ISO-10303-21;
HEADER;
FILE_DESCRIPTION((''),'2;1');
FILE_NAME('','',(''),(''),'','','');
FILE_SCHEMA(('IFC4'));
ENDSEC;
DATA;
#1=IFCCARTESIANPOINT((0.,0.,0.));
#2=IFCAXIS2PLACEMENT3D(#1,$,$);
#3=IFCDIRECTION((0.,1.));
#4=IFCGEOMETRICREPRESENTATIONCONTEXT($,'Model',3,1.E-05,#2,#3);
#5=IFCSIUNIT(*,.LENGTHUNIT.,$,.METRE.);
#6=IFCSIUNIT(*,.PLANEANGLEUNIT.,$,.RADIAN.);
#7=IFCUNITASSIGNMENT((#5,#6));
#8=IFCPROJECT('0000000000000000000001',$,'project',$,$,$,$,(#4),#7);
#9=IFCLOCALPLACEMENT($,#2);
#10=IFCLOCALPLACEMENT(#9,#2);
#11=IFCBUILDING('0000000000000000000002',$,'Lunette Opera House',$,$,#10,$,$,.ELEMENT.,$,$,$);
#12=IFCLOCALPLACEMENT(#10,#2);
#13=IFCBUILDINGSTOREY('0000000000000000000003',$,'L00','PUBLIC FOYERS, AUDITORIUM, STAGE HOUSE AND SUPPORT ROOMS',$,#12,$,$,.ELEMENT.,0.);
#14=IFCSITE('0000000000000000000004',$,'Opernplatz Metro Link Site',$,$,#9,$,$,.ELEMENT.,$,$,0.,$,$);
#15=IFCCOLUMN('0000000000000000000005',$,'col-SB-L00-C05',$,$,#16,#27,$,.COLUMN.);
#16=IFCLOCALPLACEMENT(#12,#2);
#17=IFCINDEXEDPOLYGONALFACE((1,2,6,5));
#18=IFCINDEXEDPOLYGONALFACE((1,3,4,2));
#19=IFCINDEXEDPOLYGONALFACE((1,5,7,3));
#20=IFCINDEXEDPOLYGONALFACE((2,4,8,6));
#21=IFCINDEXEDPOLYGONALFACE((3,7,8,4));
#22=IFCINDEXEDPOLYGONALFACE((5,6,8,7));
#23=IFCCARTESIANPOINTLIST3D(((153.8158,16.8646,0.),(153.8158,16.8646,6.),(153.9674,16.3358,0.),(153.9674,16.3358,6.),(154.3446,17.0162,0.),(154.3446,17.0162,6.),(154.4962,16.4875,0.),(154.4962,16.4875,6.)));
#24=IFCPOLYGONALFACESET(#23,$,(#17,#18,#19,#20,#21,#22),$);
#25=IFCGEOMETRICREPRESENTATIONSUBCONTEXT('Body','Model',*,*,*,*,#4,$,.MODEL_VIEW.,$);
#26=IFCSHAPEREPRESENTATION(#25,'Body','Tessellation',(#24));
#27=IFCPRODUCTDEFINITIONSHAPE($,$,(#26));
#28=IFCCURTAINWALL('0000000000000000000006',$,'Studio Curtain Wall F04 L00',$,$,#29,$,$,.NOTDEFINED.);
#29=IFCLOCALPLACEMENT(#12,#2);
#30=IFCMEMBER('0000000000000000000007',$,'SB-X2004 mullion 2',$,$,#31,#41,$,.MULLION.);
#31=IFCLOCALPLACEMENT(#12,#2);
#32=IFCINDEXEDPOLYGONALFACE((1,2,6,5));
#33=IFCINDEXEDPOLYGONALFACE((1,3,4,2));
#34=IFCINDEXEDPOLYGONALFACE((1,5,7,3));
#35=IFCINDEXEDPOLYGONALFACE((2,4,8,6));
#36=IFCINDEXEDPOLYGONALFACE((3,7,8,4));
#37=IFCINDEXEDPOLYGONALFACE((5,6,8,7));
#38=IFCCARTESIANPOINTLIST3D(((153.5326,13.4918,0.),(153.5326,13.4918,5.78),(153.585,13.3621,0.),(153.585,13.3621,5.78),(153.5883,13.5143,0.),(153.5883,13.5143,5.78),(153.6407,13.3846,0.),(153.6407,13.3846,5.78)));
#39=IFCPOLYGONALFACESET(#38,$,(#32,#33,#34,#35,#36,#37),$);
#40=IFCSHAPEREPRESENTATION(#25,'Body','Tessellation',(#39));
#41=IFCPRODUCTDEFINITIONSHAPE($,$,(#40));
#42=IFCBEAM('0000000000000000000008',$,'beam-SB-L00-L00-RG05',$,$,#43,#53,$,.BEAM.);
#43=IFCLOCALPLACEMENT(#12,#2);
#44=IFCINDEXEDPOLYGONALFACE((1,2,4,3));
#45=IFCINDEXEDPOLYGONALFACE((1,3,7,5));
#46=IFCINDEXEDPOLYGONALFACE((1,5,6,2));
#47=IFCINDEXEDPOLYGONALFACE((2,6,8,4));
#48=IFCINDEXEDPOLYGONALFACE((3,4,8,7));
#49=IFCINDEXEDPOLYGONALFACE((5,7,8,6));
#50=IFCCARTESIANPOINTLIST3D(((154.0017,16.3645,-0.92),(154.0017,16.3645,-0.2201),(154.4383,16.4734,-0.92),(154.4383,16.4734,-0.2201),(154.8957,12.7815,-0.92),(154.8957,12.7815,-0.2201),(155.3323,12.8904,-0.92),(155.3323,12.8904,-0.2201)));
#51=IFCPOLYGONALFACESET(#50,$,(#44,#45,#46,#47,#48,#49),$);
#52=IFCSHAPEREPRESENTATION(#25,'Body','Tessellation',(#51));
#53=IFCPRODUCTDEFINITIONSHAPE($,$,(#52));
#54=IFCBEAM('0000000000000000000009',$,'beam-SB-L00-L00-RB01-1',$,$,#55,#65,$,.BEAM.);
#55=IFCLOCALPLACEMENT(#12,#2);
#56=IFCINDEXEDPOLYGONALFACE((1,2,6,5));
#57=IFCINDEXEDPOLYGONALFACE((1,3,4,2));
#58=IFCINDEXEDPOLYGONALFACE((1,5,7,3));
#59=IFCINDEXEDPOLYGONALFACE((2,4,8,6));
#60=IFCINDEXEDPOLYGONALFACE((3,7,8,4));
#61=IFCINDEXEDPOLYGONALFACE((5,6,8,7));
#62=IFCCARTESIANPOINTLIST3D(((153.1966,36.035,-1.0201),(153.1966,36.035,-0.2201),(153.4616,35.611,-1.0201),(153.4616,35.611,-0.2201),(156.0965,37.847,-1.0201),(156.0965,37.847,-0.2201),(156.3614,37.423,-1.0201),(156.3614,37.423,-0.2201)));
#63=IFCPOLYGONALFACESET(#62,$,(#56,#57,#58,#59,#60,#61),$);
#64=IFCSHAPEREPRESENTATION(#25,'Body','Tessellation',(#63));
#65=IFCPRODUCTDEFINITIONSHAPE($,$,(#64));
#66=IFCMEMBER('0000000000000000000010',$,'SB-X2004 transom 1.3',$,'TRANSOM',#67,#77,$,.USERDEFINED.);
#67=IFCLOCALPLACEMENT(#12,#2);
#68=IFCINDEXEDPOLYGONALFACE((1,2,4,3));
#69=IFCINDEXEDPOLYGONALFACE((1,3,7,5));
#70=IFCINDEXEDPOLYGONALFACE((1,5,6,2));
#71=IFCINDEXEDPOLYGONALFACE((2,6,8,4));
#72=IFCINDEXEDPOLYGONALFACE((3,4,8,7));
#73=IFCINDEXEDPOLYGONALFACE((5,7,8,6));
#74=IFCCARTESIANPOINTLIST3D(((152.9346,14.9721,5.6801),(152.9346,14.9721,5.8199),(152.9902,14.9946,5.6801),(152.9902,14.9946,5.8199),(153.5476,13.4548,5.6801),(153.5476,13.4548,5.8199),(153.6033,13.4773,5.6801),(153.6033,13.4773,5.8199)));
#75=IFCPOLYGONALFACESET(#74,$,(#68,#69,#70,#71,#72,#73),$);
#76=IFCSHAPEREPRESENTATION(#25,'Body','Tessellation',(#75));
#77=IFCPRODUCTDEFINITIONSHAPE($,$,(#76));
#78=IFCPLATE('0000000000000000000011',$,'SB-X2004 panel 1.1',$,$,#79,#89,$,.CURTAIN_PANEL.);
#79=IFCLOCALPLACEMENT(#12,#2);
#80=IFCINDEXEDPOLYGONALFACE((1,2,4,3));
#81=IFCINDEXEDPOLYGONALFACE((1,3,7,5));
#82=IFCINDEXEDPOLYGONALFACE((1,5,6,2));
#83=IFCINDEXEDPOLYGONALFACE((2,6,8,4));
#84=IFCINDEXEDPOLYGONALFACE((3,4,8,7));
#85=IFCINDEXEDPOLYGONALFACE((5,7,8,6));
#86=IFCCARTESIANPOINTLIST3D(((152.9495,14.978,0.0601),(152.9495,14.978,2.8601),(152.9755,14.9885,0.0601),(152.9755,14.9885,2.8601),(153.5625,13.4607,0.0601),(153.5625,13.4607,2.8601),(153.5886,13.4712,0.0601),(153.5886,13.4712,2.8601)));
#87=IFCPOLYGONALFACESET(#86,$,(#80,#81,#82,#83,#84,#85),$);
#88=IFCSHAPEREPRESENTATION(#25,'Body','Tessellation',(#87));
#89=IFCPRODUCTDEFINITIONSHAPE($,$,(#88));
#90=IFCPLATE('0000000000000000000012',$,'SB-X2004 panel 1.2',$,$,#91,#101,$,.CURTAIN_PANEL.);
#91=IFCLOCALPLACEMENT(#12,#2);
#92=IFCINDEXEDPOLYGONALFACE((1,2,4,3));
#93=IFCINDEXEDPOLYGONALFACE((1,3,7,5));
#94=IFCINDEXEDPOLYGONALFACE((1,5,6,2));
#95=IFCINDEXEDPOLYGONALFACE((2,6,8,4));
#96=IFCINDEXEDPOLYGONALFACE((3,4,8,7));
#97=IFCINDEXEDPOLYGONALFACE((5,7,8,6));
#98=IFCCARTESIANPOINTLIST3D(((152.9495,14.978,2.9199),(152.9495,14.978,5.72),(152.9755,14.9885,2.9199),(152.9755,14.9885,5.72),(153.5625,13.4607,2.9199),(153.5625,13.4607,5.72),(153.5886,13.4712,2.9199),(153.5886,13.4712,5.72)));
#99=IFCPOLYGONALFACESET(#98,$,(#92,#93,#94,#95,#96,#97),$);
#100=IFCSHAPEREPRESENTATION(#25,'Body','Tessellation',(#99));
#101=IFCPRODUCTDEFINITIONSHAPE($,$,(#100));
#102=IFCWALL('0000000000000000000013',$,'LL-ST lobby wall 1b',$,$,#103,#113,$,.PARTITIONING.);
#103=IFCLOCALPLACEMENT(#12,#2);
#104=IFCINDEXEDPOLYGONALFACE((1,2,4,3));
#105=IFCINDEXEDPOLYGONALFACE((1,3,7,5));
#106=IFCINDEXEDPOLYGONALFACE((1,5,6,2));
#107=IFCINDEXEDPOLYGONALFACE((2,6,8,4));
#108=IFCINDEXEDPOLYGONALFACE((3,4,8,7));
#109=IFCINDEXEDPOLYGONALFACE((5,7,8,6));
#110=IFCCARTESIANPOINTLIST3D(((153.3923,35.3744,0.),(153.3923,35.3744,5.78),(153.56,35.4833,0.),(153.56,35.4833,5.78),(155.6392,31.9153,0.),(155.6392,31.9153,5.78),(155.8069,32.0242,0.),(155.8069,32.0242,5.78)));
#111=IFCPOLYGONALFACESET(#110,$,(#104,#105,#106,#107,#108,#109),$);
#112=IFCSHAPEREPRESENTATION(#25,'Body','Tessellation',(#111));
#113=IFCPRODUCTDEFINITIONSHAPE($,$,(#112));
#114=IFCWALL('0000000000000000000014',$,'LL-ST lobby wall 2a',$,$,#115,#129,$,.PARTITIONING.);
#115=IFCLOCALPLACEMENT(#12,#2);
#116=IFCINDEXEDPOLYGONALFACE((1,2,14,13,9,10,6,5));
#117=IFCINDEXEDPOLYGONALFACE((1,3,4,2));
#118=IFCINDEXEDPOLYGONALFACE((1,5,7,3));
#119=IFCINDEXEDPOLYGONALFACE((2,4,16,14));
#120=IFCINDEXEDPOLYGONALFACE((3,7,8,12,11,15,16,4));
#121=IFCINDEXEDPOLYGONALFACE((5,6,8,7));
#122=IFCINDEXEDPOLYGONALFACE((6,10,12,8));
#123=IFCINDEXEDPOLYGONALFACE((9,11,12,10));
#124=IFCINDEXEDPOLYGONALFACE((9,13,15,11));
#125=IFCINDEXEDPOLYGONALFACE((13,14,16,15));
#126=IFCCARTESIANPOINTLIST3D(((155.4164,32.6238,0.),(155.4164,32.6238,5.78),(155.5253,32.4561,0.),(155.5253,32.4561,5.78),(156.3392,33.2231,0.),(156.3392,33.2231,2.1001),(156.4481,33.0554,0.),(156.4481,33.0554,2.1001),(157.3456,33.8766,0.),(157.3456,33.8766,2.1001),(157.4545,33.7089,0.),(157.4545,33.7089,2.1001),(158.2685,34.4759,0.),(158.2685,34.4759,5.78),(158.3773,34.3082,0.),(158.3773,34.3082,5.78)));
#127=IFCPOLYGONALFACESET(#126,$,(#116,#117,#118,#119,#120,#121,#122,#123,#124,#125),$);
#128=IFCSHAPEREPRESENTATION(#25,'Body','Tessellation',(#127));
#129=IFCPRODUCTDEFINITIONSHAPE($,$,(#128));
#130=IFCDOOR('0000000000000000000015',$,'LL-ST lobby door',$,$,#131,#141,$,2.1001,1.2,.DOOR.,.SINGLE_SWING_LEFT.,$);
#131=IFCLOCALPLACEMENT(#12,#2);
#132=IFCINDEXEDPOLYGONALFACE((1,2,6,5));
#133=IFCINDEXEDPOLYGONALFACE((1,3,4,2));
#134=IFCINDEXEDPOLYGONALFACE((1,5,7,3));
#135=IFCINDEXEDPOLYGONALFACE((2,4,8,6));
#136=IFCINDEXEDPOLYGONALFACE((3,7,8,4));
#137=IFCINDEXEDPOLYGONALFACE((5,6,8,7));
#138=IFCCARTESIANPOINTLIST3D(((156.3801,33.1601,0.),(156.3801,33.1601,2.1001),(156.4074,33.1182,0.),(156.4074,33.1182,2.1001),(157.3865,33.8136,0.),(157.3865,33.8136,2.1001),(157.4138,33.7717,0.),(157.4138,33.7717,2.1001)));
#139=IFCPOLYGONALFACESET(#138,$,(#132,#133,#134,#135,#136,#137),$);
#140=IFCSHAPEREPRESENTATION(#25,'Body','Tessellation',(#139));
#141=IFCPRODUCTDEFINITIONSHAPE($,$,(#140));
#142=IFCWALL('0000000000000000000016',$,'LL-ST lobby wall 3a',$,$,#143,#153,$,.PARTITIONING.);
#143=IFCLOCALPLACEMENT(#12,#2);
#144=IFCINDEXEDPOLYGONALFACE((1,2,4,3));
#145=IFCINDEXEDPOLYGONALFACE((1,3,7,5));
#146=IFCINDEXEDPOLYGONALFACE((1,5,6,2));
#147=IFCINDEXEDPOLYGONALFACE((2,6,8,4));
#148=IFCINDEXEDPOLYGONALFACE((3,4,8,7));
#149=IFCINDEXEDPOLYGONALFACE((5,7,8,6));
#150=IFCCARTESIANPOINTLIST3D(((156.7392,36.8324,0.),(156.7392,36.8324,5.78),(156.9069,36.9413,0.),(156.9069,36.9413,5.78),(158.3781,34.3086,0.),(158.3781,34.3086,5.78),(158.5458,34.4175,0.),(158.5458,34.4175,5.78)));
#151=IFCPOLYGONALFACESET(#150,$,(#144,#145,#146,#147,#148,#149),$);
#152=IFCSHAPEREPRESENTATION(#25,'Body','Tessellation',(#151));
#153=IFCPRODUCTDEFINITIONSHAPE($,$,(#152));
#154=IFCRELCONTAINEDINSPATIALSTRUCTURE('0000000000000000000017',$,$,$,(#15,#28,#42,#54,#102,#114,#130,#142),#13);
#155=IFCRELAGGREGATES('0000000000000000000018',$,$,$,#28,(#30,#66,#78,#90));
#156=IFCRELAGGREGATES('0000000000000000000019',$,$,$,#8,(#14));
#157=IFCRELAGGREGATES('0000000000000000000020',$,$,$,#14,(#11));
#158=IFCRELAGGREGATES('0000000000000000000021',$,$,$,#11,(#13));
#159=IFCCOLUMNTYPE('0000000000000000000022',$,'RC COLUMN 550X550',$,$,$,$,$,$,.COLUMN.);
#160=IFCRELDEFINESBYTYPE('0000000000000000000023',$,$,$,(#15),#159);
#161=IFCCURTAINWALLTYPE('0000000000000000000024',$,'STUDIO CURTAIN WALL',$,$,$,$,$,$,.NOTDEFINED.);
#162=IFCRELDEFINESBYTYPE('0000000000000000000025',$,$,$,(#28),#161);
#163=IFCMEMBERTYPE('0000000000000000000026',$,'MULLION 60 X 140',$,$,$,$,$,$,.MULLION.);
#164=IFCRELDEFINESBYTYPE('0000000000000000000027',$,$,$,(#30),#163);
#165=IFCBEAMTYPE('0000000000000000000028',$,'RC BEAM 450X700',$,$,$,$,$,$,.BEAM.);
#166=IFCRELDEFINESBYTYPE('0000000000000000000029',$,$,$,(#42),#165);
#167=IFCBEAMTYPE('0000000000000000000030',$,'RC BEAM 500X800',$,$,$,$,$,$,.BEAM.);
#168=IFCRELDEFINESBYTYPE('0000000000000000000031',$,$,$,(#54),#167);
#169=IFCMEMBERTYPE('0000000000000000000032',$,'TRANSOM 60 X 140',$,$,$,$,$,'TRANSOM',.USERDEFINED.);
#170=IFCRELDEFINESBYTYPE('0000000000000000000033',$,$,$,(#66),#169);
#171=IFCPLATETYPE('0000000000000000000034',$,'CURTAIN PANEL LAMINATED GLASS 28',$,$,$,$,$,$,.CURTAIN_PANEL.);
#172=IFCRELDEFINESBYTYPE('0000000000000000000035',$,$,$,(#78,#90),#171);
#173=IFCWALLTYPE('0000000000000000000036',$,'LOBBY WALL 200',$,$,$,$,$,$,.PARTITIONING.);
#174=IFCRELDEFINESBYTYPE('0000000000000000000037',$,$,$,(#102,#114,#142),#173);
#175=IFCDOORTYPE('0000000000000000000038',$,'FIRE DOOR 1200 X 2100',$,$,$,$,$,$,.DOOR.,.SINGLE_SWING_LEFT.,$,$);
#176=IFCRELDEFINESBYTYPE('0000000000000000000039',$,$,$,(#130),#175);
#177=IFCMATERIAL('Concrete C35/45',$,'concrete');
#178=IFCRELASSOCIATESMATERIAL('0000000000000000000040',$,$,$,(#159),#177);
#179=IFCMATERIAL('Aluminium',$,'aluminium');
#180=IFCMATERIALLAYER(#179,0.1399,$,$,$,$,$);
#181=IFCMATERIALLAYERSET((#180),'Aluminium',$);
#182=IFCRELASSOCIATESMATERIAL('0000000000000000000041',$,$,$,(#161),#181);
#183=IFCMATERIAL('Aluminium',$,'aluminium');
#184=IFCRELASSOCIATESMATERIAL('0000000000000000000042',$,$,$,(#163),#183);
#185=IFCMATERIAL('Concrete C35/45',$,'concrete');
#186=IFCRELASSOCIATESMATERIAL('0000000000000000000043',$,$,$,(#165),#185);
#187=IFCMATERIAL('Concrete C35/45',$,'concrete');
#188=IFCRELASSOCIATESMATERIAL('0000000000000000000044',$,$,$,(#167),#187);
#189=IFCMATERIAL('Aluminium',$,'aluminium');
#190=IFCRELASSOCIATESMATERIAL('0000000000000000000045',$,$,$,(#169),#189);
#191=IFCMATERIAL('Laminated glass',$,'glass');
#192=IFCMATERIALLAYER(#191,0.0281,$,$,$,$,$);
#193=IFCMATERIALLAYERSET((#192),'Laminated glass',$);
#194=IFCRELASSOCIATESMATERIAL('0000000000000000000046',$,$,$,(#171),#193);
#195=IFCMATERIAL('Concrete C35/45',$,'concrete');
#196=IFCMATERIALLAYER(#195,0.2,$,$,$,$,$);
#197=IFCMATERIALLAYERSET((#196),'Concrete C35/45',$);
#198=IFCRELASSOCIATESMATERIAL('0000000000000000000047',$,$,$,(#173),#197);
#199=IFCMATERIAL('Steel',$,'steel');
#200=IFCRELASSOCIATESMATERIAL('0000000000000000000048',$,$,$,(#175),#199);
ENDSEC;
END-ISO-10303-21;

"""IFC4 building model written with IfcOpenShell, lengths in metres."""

from ifc_helpers import new_model, si_unit, direction, frame, frame_2d, origin, origin_2d, place, context, subcontext, project, spatial, rectangle, extrude, material, layer, layer_set, material_profile, profile_set, type_object, element, fill, aggregate, save


model = new_model("IFC4")

# Units and contexts
model_context = context("Model", 3, precision=1e-05, world=origin(), true_north=direction((0.0, 1.0)))
body_context = subcontext(model_context, "Body", "Model", "MODEL_VIEW")
ifc_project = project(units=[si_unit("LENGTHUNIT", "METRE"), si_unit("PLANEANGLEUNIT", "RADIAN")], contexts=[model_context])

# Site, building, storey
site_placement = place(None, origin())
site = spatial("IfcSite", under=ifc_project, at=site_placement, Name="Opernplatz Metro Link Site", CompositionType="ELEMENT", RefElevation=0.0)
building_placement = place(site_placement, origin())
building = spatial("IfcBuilding", under=site, at=building_placement, Name="Lunette Opera House", CompositionType="ELEMENT")
storey_placement = place(building_placement, origin())
storey = spatial("IfcBuildingStorey", under=building, at=storey_placement, Name="L00", Description="PUBLIC FOYERS, AUDITORIUM, STAGE HOUSE AND SUPPORT ROOMS", CompositionType="ELEMENT", Elevation=0.0)

# Column
ifc_material_1 = material(Name="Concrete C35/45", Category="concrete")
ifc_material_profile_1 = material_profile(ifc_material_1, rectangle(XDim=0.55, YDim=0.55, at=origin_2d()), Name="RC COLUMN 550X550")
ifc_profile_set_1 = profile_set([ifc_material_profile_1], Name="Concrete C35/45")
column_type = type_object("IfcColumnType", Name="RC COLUMN 550X550", PredefinedType="COLUMN", material=ifc_profile_set_1)
column_placement = place(storey_placement, frame((154.156, 16.676, 0.0), z_axis=(0.0, 0.0, 1.0), x_axis=(0.275637, -0.961262, 0.0)))
element("IfcColumn", 1, at=column_placement, inside=storey, type_object=column_type, Name="col-SB-L00-C05", PredefinedType="COLUMN", context=body_context, shape_type="SweptSolid", body=[
    extrude(rectangle(XDim=0.55, YDim=0.55, at=origin_2d()), origin(), (0.0, 0.0, 1.0), 6.0),
])

# Curtain wall, member
ifc_material_2 = material(Name="Aluminium", Category="aluminium")
ifc_layer_1 = layer(ifc_material_2, 0.1399)
ifc_layer_set_1 = layer_set([ifc_layer_1], Name="Aluminium")
curtain_wall_type = type_object("IfcCurtainWallType", Name="STUDIO CURTAIN WALL", PredefinedType="NOTDEFINED", material=ifc_layer_set_1)
curtain_wall_placement = place(storey_placement, origin())
curtain_wall = element("IfcCurtainWall", 2, at=curtain_wall_placement, inside=storey, type_object=curtain_wall_type, Name="Studio Curtain Wall F04 L00", PredefinedType="NOTDEFINED")
ifc_material_3 = material(Name="Aluminium", Category="aluminium")
ifc_material_profile_2 = material_profile(ifc_material_3, rectangle(XDim=0.0601, YDim=0.1399, at=origin_2d()), Name="MULLION 60 X 140")
ifc_profile_set_2 = profile_set([ifc_material_profile_2], Name="Aluminium")
member_type_1 = type_object("IfcMemberType", Name="MULLION 60 X 140", PredefinedType="MULLION", material=ifc_profile_set_2)
member_1_placement = place(storey_placement, frame((153.5867, 13.4382, 0.0), z_axis=(0.0, 0.0, 1.0), x_axis=(0.927183, 0.374609, 0.0)))
member_1 = element("IfcMember", 3, at=member_1_placement, type_object=member_type_1, Name="SB-X2004 mullion 2", PredefinedType="MULLION", context=body_context, shape_type="SweptSolid", body=[
    extrude(rectangle(XDim=0.0601, YDim=0.1399, at=origin_2d()), origin(), (0.0, 0.0, 1.0), 5.78),
])

# Beams
ifc_material_4 = material(Name="Concrete C35/45", Category="concrete")
ifc_material_profile_3 = material_profile(ifc_material_4, rectangle(XDim=0.45, YDim=0.7, at=origin_2d()), Name="RC BEAM 450X700")
ifc_profile_set_3 = profile_set([ifc_material_profile_3], Name="Concrete C35/45")
beam_type_1 = type_object("IfcBeamType", Name="RC BEAM 450X700", PredefinedType="BEAM", material=ifc_profile_set_3)
beam_1_placement = place(storey_placement, frame((154.22, 16.4189, -0.5701), z_axis=(0.2421, -0.970251, 0.0), x_axis=(0.970251, 0.2421, 0.0)))
element("IfcBeam", 4, at=beam_1_placement, inside=storey, type_object=beam_type_1, Name="beam-SB-L00-L00-RG05", PredefinedType="BEAM", context=body_context, shape_type="SweptSolid", body=[
    extrude(rectangle(XDim=0.45, YDim=0.7, at=origin_2d()), origin(), (0.0, 0.0, 1.0), 3.6929),
])
ifc_material_5 = material(Name="Concrete C35/45", Category="concrete")
ifc_material_profile_4 = material_profile(ifc_material_5, rectangle(XDim=0.5, YDim=0.8, at=origin_2d()), Name="RC BEAM 500X800")
ifc_profile_set_4 = profile_set([ifc_material_profile_4], Name="Concrete C35/45")
beam_type_2 = type_object("IfcBeamType", Name="RC BEAM 500X800", PredefinedType="BEAM", material=ifc_profile_set_4)
beam_2_placement = place(storey_placement, frame((153.3291, 35.823, -0.6201), z_axis=(0.848054, 0.529909, 0.0), x_axis=(-0.529909, 0.848054, 0.0)))
element("IfcBeam", 5, at=beam_2_placement, inside=storey, type_object=beam_type_2, Name="beam-SB-L00-L00-RB01-1", PredefinedType="BEAM", context=body_context, shape_type="SweptSolid", body=[
    extrude(rectangle(XDim=0.5, YDim=0.8, at=origin_2d()), origin(), (0.0, 0.0, 1.0), 3.4194),
])

# Member
ifc_material_6 = material(Name="Aluminium", Category="aluminium")
ifc_material_profile_5 = material_profile(ifc_material_6, rectangle(XDim=0.0601, YDim=0.1399, at=origin_2d()), Name="TRANSOM 60 X 140")
ifc_profile_set_5 = profile_set([ifc_material_profile_5], Name="Aluminium")
member_type_2 = type_object("IfcMemberType", Name="TRANSOM 60 X 140", ElementType="TRANSOM", PredefinedType="USERDEFINED", material=ifc_profile_set_5)
member_2_placement = place(storey_placement, frame((152.9624, 14.9834, 5.75), z_axis=(0.374604, -0.927185, 0.0), x_axis=(0.927185, 0.374604, 0.0)))
member_2 = element("IfcMember", 6, at=member_2_placement, type_object=member_type_2, Name="SB-X2004 transom 1.3", ObjectType="TRANSOM", PredefinedType="USERDEFINED", context=body_context, shape_type="SweptSolid", body=[
    extrude(rectangle(XDim=0.0601, YDim=0.1399, at=origin_2d()), origin(), (0.0, 0.0, 1.0), 1.6365),
])

# Plates
ifc_material_7 = material(Name="Laminated glass", Category="glass")
ifc_layer_2 = layer(ifc_material_7, 0.0281)
ifc_layer_set_2 = layer_set([ifc_layer_2], Name="Laminated glass")
plate_type = type_object("IfcPlateType", Name="CURTAIN PANEL LAMINATED GLASS 28", PredefinedType="CURTAIN_PANEL", material=ifc_layer_set_2)
plate_1_placement = place(storey_placement, frame((153.269, 14.2246, 0.0601), z_axis=(0.0, 0.0, 1.0), x_axis=(0.374609, -0.927183, 0.0)))
plate_1 = element("IfcPlate", 7, at=plate_1_placement, type_object=plate_type, Name="SB-X2004 panel 1.1", PredefinedType="CURTAIN_PANEL", context=body_context, shape_type="SweptSolid", body=[
    extrude(rectangle(XDim=1.6365, YDim=0.0281, at=origin_2d()), origin(), (0.0, 0.0, 1.0), 2.8),
])
plate_2_placement = place(storey_placement, frame((153.269, 14.2246, 2.9199), z_axis=(0.0, 0.0, 1.0), x_axis=(0.374609, -0.927183, 0.0)))
plate_2 = element("IfcPlate", 8, at=plate_2_placement, type_object=plate_type, Name="SB-X2004 panel 1.2", PredefinedType="CURTAIN_PANEL", context=body_context, shape_type="SweptSolid", body=[
    extrude(rectangle(XDim=1.6365, YDim=0.0281, at=origin_2d()), origin(), (0.0, 0.0, 1.0), 2.8),
])
aggregate(curtain_wall, [member_1, member_2, plate_1, plate_2])

# Wall
ifc_material_8 = material(Name="Concrete C35/45", Category="concrete")
ifc_layer_3 = layer(ifc_material_8, 0.2)
ifc_layer_set_3 = layer_set([ifc_layer_3], Name="Concrete C35/45")
wall_type_1 = type_object("IfcWallType", Name="LOBBY WALL 200", PredefinedType="PARTITIONING", material=ifc_layer_set_3)
wall_1_placement = place(storey_placement, frame((153.4761, 35.429, 0.0), z_axis=(0.0, 0.0, 1.0), x_axis=(0.54473, -0.838611, 0.0)))
element("IfcWall", 9, at=wall_1_placement, inside=storey, type_object=wall_type_1, Name="LL-ST lobby wall 1b", PredefinedType="PARTITIONING", context=body_context, shape_type="SweptSolid", body=[
    extrude(rectangle(XDim=4.1248, YDim=0.2, at=frame_2d((2.0625, 0.0))), origin(), (0.0, 0.0, 1.0), 5.78),
])

# Wall, opening, door
wall_2_placement = place(storey_placement, frame((155.4709, 32.54, 0.0), z_axis=(0.0, 0.0, 1.0), x_axis=(0.838683, 0.54462, 0.0)))
wall_2 = element("IfcWall", 10, at=wall_2_placement, inside=storey, type_object=wall_type_1, Name="LL-ST lobby wall 2a", PredefinedType="PARTITIONING", context=body_context, shape_type="SweptSolid", body=[
    extrude(rectangle(XDim=3.4006, YDim=0.2, at=frame_2d((1.7002, 0.0))), origin(), (0.0, 0.0, 1.0), 5.78),
])
opening_1_placement = place(wall_2_placement, frame((1.1001, 0.0, 0.0)))
opening_1 = element("IfcOpeningElement", 11, at=opening_1_placement, cuts=wall_2, PredefinedType="OPENING", context=body_context, shape_type="SweptSolid", body=[
    extrude(rectangle(XDim=1.2, YDim=2.1001, at=frame_2d((0.6001, 1.05))), frame((0.0, 0.1121, 0.0), z_axis=(0.0, -1.0, 0.0), x_axis=(1.0, 0.0, 0.0)), (0.0, 0.0, 1.0), 0.2239),
])
ifc_material_9 = material(Name="Steel", Category="steel")
door_type_1 = type_object("IfcDoorType", Name="FIRE DOOR 1200 X 2100", OperationType="SINGLE_SWING_LEFT", PredefinedType="DOOR", material=ifc_material_9)
door_1_placement = place(opening_1_placement, origin())
door_1 = element("IfcDoor", 12, at=door_1_placement, inside=storey, type_object=door_type_1, Name="LL-ST lobby door", OperationType="SINGLE_SWING_LEFT", OverallHeight=2.1001, OverallWidth=1.2, PredefinedType="DOOR", context=body_context, shape_type="SweptSolid", body=[
    extrude(rectangle(XDim=1.2, YDim=2.1001, at=frame_2d((0.6001, 1.05))), frame((0.0, 0.0249, 0.0), z_axis=(0.0, -1.0, 0.0), x_axis=(1.0, 0.0, 0.0)), (0.0, 0.0, 1.0), 0.05),
])
fill(opening_1, door_1)

# Wall
wall_3_placement = place(storey_placement, frame((158.4619, 34.363, 0.0), z_axis=(0.0, 0.0, 1.0), x_axis=(-0.544606, 0.838692, 0.0)))
element("IfcWall", 13, at=wall_3_placement, inside=storey, type_object=wall_type_1, Name="LL-ST lobby wall 3a", PredefinedType="PARTITIONING", context=body_context, shape_type="SweptSolid", body=[
    extrude(rectangle(XDim=3.0093, YDim=0.2, at=frame_2d((1.5046, 0.0))), origin(), (0.0, 0.0, 1.0), 5.78),
])

save(model, "model.ifc")
